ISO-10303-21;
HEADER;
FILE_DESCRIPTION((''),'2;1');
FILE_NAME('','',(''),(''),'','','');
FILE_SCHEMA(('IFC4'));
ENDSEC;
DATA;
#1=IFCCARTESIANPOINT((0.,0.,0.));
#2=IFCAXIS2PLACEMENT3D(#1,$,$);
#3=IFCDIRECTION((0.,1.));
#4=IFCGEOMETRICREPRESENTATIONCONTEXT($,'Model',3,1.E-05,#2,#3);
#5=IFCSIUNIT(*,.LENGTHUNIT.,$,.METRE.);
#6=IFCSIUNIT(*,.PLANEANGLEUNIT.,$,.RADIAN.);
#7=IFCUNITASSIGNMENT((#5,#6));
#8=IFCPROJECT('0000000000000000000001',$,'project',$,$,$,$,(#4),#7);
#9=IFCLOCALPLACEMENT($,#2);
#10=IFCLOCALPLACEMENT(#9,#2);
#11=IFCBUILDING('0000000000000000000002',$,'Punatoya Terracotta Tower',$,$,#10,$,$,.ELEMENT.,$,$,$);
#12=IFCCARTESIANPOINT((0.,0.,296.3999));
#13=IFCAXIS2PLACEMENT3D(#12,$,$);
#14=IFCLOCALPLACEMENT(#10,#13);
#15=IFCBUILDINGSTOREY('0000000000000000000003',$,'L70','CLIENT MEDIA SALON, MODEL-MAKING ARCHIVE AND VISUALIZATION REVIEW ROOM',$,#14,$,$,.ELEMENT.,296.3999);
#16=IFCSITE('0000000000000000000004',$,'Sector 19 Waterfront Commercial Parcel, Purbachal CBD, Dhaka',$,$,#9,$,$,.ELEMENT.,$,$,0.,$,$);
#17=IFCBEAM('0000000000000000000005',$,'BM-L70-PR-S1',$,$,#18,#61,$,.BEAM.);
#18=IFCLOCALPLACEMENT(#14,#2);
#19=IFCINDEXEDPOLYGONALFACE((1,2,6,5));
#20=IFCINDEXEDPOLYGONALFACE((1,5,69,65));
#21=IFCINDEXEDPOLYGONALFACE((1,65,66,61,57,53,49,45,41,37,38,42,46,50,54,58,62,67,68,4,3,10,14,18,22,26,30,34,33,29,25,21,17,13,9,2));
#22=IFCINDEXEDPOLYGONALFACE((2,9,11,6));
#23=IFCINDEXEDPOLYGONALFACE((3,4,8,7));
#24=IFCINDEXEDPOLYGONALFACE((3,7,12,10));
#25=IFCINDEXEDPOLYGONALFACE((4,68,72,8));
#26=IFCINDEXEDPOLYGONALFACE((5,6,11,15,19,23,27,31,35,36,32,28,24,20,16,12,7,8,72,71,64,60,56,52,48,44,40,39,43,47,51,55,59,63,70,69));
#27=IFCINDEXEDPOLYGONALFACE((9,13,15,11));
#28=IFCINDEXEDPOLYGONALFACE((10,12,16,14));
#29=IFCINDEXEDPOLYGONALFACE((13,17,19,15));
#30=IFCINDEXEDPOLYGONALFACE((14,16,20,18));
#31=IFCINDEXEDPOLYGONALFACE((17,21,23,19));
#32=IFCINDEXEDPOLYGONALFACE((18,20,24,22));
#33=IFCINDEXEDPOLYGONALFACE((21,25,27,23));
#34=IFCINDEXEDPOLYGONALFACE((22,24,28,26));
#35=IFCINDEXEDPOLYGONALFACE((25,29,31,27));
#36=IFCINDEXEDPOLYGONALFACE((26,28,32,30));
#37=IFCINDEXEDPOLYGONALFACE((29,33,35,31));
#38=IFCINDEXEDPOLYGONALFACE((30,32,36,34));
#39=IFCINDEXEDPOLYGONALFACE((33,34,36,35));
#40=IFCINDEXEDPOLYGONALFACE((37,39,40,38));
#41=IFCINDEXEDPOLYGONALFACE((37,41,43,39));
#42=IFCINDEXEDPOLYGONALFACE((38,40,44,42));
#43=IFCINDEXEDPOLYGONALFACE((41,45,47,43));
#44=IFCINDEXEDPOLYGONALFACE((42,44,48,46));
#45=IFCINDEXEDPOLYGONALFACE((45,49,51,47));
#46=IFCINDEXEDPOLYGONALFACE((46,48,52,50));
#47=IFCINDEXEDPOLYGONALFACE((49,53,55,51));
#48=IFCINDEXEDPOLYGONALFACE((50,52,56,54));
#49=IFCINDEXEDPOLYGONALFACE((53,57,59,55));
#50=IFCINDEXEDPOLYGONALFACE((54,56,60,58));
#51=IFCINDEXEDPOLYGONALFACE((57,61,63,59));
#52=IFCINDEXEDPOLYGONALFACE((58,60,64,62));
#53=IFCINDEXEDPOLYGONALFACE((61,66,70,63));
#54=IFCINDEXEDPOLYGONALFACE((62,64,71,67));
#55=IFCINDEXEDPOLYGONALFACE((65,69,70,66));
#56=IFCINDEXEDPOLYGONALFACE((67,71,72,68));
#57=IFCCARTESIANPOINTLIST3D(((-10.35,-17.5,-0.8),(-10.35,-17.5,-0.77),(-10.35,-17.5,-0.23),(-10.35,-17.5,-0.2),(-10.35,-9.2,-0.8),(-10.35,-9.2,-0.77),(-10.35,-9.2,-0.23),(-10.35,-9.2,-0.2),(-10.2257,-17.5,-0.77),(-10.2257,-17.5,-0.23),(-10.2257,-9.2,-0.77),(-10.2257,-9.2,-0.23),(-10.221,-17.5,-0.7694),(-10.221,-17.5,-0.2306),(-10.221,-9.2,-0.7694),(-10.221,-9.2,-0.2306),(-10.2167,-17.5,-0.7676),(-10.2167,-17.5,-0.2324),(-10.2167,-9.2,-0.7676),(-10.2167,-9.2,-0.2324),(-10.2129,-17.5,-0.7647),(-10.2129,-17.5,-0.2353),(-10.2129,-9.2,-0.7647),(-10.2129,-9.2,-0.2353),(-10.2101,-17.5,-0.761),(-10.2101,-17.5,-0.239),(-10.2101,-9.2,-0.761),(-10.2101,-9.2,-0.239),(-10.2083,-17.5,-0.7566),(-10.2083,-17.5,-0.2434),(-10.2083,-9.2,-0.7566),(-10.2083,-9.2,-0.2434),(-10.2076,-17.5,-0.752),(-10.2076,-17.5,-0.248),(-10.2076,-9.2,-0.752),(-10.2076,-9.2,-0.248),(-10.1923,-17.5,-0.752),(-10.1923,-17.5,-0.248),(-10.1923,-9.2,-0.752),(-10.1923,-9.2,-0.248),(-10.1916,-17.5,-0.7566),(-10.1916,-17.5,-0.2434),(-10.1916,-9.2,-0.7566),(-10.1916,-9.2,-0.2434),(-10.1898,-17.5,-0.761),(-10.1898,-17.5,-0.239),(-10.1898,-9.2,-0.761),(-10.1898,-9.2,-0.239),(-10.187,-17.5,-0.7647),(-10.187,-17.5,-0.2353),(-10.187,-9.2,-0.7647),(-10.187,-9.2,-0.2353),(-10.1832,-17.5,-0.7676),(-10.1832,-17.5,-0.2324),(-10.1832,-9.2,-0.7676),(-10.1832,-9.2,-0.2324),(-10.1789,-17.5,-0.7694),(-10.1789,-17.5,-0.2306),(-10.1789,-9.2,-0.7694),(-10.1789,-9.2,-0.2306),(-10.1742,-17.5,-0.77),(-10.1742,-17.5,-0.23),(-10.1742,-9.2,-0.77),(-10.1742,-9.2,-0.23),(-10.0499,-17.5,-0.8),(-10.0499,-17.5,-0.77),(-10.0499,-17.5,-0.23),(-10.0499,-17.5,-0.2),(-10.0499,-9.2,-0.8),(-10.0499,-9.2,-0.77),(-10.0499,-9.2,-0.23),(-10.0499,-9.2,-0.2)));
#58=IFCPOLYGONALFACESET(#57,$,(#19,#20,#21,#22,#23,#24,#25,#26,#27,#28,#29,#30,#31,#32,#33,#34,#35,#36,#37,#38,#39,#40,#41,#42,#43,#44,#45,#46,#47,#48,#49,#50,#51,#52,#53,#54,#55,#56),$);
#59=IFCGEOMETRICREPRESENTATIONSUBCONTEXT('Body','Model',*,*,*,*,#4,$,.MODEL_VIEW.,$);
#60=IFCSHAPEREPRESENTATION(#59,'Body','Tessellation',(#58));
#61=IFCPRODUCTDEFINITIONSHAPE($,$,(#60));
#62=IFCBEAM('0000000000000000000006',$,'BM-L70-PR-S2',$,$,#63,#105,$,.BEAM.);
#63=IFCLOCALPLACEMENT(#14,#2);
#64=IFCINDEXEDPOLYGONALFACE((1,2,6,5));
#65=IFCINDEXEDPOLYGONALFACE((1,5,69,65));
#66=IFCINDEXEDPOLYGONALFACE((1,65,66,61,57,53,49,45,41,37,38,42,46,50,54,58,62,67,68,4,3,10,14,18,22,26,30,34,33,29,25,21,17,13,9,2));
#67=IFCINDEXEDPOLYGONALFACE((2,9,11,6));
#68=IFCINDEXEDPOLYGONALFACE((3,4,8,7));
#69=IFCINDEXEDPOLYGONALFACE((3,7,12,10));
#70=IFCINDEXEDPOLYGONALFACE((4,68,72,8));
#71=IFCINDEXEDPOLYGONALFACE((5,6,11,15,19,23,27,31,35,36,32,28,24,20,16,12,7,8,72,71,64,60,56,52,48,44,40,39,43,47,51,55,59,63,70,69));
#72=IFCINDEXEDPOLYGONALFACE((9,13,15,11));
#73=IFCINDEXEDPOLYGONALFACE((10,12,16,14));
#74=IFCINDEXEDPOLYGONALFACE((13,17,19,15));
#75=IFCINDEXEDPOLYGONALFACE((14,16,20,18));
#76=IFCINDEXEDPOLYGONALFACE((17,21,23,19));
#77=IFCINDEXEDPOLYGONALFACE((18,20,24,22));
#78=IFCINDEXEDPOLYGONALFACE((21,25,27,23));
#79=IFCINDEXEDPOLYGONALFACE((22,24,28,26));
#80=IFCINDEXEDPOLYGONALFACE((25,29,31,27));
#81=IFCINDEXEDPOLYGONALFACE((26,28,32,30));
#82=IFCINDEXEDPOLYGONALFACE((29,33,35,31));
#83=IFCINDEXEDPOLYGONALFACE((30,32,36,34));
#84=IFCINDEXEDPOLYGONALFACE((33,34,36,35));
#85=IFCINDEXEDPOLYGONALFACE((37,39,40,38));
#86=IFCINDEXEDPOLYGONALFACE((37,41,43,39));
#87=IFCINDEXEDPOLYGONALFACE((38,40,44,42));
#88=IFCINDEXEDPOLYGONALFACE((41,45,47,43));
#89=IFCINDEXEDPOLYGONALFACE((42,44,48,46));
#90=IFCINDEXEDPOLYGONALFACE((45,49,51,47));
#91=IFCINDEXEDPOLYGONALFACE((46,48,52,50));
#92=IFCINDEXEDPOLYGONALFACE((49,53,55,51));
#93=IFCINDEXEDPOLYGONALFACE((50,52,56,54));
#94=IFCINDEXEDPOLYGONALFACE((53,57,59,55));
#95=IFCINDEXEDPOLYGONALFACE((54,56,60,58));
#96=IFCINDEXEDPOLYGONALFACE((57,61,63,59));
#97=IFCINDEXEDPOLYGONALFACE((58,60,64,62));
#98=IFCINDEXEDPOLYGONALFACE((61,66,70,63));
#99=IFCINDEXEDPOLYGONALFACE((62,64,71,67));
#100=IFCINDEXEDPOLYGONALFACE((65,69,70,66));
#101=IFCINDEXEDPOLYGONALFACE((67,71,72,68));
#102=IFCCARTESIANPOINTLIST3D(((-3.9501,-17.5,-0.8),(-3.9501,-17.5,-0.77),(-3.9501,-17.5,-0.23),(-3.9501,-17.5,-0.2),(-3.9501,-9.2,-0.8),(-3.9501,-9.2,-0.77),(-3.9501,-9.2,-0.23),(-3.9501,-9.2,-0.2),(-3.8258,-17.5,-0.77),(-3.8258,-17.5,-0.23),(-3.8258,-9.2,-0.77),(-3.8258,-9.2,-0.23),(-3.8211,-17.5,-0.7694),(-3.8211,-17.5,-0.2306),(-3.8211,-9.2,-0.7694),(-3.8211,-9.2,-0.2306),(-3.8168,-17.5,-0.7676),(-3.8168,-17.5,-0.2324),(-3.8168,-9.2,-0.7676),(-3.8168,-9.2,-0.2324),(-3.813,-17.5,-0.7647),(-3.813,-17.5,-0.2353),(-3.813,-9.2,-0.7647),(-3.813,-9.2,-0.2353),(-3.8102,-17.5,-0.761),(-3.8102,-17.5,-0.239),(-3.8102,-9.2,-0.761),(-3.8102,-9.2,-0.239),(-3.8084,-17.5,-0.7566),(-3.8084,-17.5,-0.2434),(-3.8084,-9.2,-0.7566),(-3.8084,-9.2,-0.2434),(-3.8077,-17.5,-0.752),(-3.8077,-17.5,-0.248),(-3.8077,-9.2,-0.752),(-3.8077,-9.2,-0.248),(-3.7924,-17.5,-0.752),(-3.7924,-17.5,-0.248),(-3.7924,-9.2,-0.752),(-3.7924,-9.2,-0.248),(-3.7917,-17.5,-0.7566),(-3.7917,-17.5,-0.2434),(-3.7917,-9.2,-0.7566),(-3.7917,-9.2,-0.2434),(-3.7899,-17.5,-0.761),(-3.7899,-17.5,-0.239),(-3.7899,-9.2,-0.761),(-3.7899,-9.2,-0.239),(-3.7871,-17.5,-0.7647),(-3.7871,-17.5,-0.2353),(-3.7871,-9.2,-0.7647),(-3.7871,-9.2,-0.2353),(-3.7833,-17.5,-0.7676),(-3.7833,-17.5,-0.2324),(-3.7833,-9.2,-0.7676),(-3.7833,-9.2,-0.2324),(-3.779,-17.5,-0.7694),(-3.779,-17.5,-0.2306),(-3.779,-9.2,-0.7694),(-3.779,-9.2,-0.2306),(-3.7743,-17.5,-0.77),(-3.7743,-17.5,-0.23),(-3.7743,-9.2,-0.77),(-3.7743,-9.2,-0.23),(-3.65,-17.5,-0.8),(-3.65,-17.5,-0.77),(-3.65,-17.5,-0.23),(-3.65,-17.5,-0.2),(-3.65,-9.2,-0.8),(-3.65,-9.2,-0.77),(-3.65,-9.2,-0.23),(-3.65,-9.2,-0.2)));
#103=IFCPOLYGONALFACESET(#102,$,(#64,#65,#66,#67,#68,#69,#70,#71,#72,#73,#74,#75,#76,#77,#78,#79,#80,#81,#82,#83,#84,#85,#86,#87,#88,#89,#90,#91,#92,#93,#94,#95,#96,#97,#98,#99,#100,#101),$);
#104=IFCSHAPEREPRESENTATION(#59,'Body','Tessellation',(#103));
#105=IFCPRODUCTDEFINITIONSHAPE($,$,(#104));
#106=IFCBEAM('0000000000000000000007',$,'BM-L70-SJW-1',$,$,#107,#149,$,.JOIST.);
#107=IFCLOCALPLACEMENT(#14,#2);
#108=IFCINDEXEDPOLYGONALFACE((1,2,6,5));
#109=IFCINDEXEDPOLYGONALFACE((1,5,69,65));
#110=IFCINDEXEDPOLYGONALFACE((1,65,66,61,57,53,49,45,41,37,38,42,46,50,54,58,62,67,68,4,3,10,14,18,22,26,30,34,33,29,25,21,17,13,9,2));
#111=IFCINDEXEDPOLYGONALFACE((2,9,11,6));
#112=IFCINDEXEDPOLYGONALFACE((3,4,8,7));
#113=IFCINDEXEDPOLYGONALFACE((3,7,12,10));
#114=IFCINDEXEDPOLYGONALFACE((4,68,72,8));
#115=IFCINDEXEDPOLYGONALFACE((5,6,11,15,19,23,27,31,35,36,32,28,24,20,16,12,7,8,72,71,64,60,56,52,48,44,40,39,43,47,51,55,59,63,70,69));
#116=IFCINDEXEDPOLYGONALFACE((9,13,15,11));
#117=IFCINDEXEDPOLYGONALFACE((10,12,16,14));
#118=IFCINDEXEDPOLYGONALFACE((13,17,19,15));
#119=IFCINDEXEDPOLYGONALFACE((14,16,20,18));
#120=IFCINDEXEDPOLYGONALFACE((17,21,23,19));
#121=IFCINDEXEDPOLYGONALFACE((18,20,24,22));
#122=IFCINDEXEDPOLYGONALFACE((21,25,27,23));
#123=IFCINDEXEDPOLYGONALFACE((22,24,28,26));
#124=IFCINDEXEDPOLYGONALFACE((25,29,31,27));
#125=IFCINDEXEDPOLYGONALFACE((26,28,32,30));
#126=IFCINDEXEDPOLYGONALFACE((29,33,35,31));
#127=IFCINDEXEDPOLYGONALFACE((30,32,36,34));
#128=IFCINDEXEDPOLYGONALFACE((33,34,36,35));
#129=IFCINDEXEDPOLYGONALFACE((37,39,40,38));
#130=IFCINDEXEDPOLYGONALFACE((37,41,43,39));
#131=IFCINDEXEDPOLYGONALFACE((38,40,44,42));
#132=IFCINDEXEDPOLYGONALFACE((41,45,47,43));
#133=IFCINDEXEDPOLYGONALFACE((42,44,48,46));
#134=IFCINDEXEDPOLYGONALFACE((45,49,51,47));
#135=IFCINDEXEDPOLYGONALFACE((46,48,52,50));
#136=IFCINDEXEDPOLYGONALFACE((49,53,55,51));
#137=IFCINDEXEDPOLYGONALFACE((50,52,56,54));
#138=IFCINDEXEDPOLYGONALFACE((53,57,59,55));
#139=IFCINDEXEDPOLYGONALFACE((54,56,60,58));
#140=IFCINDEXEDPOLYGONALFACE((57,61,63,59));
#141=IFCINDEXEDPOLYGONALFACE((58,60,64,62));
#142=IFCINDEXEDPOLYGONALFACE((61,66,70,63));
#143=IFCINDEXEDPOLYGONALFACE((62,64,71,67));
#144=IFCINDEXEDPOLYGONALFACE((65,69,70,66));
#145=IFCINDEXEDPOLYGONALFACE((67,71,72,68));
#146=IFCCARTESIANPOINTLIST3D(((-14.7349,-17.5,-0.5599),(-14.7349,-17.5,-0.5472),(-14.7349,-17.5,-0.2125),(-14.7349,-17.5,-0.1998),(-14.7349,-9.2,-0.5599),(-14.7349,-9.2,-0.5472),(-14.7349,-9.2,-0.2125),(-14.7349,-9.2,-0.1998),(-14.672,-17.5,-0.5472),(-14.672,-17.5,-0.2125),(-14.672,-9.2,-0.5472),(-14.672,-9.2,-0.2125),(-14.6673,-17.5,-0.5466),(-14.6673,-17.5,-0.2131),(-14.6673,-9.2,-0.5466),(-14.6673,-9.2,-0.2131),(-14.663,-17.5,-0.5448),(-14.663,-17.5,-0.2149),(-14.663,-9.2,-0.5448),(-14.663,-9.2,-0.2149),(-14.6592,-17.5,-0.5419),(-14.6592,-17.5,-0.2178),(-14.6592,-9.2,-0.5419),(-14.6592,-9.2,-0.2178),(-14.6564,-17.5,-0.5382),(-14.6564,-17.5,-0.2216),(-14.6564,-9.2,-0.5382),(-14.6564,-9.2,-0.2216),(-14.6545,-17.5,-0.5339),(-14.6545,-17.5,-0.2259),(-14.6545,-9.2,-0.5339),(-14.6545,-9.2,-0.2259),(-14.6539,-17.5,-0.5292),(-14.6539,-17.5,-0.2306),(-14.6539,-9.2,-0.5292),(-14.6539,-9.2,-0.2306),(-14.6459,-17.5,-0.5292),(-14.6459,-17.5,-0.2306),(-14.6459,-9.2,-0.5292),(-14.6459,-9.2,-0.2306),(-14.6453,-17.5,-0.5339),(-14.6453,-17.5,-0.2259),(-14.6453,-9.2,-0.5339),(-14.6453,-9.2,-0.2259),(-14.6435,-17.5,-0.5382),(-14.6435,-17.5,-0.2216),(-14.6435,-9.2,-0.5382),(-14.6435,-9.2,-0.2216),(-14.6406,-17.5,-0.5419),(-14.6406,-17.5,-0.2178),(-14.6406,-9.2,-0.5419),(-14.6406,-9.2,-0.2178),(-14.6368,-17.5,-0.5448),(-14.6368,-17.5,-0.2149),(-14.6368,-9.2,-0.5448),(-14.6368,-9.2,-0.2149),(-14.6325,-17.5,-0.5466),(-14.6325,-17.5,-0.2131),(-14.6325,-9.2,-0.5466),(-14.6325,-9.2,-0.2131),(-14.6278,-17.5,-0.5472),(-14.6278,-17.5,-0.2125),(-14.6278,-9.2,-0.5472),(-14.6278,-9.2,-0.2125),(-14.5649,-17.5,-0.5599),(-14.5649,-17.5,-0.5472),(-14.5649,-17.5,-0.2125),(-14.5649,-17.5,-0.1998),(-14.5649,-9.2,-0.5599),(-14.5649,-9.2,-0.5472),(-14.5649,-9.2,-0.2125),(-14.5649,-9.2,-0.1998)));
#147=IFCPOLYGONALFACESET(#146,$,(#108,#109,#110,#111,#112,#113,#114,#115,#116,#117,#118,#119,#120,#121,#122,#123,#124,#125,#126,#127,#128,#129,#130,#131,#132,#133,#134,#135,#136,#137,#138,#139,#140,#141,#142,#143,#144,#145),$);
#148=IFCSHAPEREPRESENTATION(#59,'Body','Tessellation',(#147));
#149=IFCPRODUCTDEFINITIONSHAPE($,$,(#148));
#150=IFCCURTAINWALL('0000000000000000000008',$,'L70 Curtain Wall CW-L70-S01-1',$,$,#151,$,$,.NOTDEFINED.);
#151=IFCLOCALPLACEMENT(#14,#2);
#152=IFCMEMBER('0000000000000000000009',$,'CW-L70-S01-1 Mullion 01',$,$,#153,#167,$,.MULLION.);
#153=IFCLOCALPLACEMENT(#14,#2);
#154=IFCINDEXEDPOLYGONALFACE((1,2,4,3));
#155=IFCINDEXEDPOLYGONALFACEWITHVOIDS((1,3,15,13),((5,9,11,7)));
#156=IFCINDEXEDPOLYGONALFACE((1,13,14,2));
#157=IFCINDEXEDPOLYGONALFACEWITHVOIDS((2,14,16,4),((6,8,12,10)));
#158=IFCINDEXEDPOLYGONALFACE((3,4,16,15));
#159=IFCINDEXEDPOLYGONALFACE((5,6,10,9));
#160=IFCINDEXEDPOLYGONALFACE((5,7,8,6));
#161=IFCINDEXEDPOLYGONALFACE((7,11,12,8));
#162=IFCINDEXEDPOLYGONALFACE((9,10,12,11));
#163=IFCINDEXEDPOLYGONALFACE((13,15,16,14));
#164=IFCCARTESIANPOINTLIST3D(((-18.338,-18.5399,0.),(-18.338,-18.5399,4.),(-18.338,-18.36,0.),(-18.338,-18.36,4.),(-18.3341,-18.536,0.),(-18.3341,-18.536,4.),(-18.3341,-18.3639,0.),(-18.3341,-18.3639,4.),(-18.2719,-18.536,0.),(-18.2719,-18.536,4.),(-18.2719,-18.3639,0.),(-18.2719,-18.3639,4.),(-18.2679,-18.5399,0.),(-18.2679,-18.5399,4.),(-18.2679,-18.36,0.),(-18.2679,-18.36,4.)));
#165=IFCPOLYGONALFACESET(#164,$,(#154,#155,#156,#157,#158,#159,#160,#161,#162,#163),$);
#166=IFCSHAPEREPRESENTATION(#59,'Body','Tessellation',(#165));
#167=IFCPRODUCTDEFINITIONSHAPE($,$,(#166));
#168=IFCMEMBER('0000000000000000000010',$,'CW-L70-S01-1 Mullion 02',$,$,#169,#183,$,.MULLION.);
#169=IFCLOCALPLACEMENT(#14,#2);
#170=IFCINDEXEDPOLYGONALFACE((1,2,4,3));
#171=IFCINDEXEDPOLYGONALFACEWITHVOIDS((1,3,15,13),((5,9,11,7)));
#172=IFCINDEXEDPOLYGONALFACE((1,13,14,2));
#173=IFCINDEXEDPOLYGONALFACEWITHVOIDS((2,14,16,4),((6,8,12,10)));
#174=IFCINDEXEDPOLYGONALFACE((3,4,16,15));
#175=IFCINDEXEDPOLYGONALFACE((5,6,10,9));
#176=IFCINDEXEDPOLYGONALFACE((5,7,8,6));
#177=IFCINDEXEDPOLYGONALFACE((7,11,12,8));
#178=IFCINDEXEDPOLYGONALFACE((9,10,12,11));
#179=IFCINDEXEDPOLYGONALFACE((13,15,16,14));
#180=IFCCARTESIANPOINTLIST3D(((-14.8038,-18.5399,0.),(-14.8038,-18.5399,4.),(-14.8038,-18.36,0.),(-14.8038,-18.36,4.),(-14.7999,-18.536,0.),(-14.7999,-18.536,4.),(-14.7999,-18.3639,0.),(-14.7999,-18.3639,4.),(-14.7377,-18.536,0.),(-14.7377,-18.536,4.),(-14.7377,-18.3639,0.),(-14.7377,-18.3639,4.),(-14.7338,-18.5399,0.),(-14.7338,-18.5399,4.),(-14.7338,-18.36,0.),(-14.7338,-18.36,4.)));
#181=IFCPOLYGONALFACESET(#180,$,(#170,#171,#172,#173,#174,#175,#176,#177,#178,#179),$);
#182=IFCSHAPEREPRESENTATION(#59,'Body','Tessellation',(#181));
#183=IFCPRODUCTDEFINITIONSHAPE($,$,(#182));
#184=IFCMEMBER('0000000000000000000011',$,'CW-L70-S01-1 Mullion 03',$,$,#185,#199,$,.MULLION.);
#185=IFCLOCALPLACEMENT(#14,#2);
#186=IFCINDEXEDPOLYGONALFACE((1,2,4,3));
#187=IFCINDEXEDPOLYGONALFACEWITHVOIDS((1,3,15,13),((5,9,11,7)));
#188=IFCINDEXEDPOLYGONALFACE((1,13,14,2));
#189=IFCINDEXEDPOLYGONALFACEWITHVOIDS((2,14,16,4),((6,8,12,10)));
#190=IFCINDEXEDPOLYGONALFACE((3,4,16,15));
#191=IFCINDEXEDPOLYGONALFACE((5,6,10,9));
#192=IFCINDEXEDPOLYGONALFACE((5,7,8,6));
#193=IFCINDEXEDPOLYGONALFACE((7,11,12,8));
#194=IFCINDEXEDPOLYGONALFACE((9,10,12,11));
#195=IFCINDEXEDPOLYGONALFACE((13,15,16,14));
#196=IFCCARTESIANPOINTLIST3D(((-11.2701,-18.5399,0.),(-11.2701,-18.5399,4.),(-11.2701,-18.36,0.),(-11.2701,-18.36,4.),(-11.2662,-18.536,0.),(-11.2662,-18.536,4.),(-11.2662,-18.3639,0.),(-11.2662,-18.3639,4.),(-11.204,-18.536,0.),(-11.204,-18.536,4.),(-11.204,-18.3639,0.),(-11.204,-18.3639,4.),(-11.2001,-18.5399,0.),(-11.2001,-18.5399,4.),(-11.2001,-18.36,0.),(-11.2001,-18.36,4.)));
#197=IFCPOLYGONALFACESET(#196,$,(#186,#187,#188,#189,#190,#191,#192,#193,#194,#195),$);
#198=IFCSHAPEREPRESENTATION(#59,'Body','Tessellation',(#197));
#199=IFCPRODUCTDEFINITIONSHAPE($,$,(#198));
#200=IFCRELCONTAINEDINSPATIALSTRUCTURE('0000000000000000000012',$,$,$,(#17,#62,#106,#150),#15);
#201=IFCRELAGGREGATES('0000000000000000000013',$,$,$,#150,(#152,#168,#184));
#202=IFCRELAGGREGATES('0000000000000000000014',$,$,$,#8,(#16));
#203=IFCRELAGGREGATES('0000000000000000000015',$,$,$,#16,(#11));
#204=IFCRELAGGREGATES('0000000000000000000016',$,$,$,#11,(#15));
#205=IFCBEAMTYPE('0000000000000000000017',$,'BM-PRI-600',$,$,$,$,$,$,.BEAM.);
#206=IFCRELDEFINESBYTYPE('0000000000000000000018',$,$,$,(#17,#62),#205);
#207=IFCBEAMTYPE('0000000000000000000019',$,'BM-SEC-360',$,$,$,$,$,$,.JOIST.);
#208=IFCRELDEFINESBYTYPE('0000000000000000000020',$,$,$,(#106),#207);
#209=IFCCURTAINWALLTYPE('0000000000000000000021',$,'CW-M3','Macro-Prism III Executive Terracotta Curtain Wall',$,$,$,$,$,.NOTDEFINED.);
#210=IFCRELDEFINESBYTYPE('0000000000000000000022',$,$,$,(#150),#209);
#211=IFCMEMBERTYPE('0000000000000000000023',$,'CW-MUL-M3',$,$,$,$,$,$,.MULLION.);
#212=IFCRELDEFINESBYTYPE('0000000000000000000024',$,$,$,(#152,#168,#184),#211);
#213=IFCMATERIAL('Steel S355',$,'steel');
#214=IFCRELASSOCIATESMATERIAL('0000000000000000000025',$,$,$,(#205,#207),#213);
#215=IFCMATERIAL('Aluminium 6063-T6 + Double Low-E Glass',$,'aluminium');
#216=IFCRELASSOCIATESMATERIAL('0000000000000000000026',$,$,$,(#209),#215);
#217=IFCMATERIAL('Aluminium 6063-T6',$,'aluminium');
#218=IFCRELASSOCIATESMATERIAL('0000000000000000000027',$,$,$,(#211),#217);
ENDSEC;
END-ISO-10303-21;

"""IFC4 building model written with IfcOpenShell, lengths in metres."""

from ifc_helpers import new_model, si_unit, direction, frame, origin, origin_2d, place, context, subcontext, project, spatial, hollow_rectangle, i_section, extrude, material, material_profile, profile_set, type_object, element, aggregate, save


model = new_model("IFC4")

# Units and contexts
model_context = context("Model", 3, precision=1e-05, world=origin(), true_north=direction((0.0, 1.0)))
body_context = subcontext(model_context, "Body", "Model", "MODEL_VIEW")
ifc_project = project(units=[si_unit("LENGTHUNIT", "METRE"), si_unit("PLANEANGLEUNIT", "RADIAN")], contexts=[model_context])

# Site, building, storey
site_placement = place(None, origin())
site = spatial("IfcSite", under=ifc_project, at=site_placement, Name="Sector 19 Waterfront Commercial Parcel, Purbachal CBD, Dhaka", CompositionType="ELEMENT", RefElevation=0.0)
building_placement = place(site_placement, origin())
building = spatial("IfcBuilding", under=site, at=building_placement, Name="Punatoya Terracotta Tower", CompositionType="ELEMENT")
storey_placement = place(building_placement, frame((0.0, 0.0, 296.3999)))
storey = spatial("IfcBuildingStorey", under=building, at=storey_placement, Name="L70", Description="CLIENT MEDIA SALON, MODEL-MAKING ARCHIVE AND VISUALIZATION REVIEW ROOM", CompositionType="ELEMENT", Elevation=296.3999)

# Beams
ifc_material_1 = material(Name="Steel S355", Category="steel")
ifc_material_profile_1 = material_profile(ifc_material_1, i_section(OverallWidth=0.3, OverallDepth=0.6001, WebThickness=0.0154, FlangeThickness=0.03, FilletRadius=0.0181, at=origin_2d()))
ifc_profile_set_1 = profile_set([ifc_material_profile_1], Name="Steel S355")
beam_type_1 = type_object("IfcBeamType", Name="BM-PRI-600", PredefinedType="BEAM", material=ifc_profile_set_1)
for number, where, z_axis, x_axis, name in (
    (1, (-10.2, -17.5, -0.5), (0.0, 1.0, 0.0), (-1.0, 0.0, 0.0), "BM-L70-PR-S1"),
    (2, (-3.8, -17.5, -0.5), (0.0, 1.0, 0.0), (-1.0, 0.0, 0.0), "BM-L70-PR-S2"),
):
    element("IfcBeam", number, at=place(storey_placement, frame(where, z_axis=z_axis, x_axis=x_axis)), inside=storey, type_object=beam_type_1, Name=name, PredefinedType="BEAM", context=body_context, shape_type="SweptSolid", body=[
        extrude(i_section(OverallWidth=0.3, OverallDepth=0.6001, WebThickness=0.0154, FlangeThickness=0.03, FilletRadius=0.0181, at=origin_2d()), origin(), (0.0, 0.0, 1.0), 8.3),
    ])
ifc_material_profile_2 = material_profile(ifc_material_1, i_section(OverallWidth=0.1699, OverallDepth=0.3601, WebThickness=0.0081, FlangeThickness=0.0127, FilletRadius=0.0181, at=origin_2d()))
ifc_profile_set_2 = profile_set([ifc_material_profile_2], Name="Steel S355")
beam_type_2 = type_object("IfcBeamType", Name="BM-SEC-360", PredefinedType="JOIST", material=ifc_profile_set_2)
beam_1_placement = place(storey_placement, frame((-14.6499, -17.5, -0.3799), z_axis=(0.0, 1.0, 0.0), x_axis=(-1.0, 0.0, 0.0)))
element("IfcBeam", 3, at=beam_1_placement, inside=storey, type_object=beam_type_2, Name="BM-L70-SJW-1", PredefinedType="JOIST", context=body_context, shape_type="SweptSolid", body=[
    extrude(i_section(OverallWidth=0.1699, OverallDepth=0.3601, WebThickness=0.0081, FlangeThickness=0.0127, FilletRadius=0.0181, at=origin_2d()), origin(), (0.0, 0.0, 1.0), 8.3),
])

# Curtain wall, members
ifc_material_2 = material(Name="Aluminium 6063-T6 + Double Low-E Glass", Category="aluminium")
curtain_wall_type = type_object("IfcCurtainWallType", Name="CW-M3", Description="Macro-Prism III Executive Terracotta Curtain Wall", PredefinedType="NOTDEFINED", material=ifc_material_2)
curtain_wall_placement = place(storey_placement, origin())
curtain_wall = element("IfcCurtainWall", 4, at=curtain_wall_placement, inside=storey, type_object=curtain_wall_type, Name="L70 Curtain Wall CW-L70-S01-1", PredefinedType="NOTDEFINED")
ifc_material_3 = material(Name="Aluminium 6063-T6", Category="aluminium")
ifc_material_profile_3 = material_profile(ifc_material_3, hollow_rectangle(XDim=0.0701, YDim=0.1799, WallThickness=0.0039, at=origin_2d()))
ifc_profile_set_3 = profile_set([ifc_material_profile_3], Name="Aluminium 6063-T6")
member_type = type_object("IfcMemberType", Name="CW-MUL-M3", PredefinedType="MULLION", material=ifc_profile_set_3)
member_1_placement = place(storey_placement, frame((-18.303, -18.45, 0.0), z_axis=(0.0, 0.0, 1.0), x_axis=(1.0, 0.0, 0.0)))
member_1 = element("IfcMember", 5, at=member_1_placement, type_object=member_type, Name="CW-L70-S01-1 Mullion 01", PredefinedType="MULLION", context=body_context, shape_type="SweptSolid", body=[
    extrude(hollow_rectangle(XDim=0.0701, YDim=0.1799, WallThickness=0.0039, at=origin_2d()), origin(), (0.0, 0.0, 1.0), 4.0),
])
member_2_placement = place(storey_placement, frame((-14.7688, -18.45, 0.0), z_axis=(0.0, 0.0, 1.0), x_axis=(1.0, 0.0, 0.0)))
member_2 = element("IfcMember", 6, at=member_2_placement, type_object=member_type, Name="CW-L70-S01-1 Mullion 02", PredefinedType="MULLION", context=body_context, shape_type="SweptSolid", body=[
    extrude(hollow_rectangle(XDim=0.0701, YDim=0.1799, WallThickness=0.0039, at=origin_2d()), origin(), (0.0, 0.0, 1.0), 4.0),
])
member_3_placement = place(storey_placement, frame((-11.2351, -18.45, 0.0), z_axis=(0.0, 0.0, 1.0), x_axis=(1.0, 0.0, 0.0)))
member_3 = element("IfcMember", 7, at=member_3_placement, type_object=member_type, Name="CW-L70-S01-1 Mullion 03", PredefinedType="MULLION", context=body_context, shape_type="SweptSolid", body=[
    extrude(hollow_rectangle(XDim=0.0701, YDim=0.1799, WallThickness=0.0039, at=origin_2d()), origin(), (0.0, 0.0, 1.0), 4.0),
])
aggregate(curtain_wall, [member_1, member_2, member_3])

save(model, "model.ifc")
